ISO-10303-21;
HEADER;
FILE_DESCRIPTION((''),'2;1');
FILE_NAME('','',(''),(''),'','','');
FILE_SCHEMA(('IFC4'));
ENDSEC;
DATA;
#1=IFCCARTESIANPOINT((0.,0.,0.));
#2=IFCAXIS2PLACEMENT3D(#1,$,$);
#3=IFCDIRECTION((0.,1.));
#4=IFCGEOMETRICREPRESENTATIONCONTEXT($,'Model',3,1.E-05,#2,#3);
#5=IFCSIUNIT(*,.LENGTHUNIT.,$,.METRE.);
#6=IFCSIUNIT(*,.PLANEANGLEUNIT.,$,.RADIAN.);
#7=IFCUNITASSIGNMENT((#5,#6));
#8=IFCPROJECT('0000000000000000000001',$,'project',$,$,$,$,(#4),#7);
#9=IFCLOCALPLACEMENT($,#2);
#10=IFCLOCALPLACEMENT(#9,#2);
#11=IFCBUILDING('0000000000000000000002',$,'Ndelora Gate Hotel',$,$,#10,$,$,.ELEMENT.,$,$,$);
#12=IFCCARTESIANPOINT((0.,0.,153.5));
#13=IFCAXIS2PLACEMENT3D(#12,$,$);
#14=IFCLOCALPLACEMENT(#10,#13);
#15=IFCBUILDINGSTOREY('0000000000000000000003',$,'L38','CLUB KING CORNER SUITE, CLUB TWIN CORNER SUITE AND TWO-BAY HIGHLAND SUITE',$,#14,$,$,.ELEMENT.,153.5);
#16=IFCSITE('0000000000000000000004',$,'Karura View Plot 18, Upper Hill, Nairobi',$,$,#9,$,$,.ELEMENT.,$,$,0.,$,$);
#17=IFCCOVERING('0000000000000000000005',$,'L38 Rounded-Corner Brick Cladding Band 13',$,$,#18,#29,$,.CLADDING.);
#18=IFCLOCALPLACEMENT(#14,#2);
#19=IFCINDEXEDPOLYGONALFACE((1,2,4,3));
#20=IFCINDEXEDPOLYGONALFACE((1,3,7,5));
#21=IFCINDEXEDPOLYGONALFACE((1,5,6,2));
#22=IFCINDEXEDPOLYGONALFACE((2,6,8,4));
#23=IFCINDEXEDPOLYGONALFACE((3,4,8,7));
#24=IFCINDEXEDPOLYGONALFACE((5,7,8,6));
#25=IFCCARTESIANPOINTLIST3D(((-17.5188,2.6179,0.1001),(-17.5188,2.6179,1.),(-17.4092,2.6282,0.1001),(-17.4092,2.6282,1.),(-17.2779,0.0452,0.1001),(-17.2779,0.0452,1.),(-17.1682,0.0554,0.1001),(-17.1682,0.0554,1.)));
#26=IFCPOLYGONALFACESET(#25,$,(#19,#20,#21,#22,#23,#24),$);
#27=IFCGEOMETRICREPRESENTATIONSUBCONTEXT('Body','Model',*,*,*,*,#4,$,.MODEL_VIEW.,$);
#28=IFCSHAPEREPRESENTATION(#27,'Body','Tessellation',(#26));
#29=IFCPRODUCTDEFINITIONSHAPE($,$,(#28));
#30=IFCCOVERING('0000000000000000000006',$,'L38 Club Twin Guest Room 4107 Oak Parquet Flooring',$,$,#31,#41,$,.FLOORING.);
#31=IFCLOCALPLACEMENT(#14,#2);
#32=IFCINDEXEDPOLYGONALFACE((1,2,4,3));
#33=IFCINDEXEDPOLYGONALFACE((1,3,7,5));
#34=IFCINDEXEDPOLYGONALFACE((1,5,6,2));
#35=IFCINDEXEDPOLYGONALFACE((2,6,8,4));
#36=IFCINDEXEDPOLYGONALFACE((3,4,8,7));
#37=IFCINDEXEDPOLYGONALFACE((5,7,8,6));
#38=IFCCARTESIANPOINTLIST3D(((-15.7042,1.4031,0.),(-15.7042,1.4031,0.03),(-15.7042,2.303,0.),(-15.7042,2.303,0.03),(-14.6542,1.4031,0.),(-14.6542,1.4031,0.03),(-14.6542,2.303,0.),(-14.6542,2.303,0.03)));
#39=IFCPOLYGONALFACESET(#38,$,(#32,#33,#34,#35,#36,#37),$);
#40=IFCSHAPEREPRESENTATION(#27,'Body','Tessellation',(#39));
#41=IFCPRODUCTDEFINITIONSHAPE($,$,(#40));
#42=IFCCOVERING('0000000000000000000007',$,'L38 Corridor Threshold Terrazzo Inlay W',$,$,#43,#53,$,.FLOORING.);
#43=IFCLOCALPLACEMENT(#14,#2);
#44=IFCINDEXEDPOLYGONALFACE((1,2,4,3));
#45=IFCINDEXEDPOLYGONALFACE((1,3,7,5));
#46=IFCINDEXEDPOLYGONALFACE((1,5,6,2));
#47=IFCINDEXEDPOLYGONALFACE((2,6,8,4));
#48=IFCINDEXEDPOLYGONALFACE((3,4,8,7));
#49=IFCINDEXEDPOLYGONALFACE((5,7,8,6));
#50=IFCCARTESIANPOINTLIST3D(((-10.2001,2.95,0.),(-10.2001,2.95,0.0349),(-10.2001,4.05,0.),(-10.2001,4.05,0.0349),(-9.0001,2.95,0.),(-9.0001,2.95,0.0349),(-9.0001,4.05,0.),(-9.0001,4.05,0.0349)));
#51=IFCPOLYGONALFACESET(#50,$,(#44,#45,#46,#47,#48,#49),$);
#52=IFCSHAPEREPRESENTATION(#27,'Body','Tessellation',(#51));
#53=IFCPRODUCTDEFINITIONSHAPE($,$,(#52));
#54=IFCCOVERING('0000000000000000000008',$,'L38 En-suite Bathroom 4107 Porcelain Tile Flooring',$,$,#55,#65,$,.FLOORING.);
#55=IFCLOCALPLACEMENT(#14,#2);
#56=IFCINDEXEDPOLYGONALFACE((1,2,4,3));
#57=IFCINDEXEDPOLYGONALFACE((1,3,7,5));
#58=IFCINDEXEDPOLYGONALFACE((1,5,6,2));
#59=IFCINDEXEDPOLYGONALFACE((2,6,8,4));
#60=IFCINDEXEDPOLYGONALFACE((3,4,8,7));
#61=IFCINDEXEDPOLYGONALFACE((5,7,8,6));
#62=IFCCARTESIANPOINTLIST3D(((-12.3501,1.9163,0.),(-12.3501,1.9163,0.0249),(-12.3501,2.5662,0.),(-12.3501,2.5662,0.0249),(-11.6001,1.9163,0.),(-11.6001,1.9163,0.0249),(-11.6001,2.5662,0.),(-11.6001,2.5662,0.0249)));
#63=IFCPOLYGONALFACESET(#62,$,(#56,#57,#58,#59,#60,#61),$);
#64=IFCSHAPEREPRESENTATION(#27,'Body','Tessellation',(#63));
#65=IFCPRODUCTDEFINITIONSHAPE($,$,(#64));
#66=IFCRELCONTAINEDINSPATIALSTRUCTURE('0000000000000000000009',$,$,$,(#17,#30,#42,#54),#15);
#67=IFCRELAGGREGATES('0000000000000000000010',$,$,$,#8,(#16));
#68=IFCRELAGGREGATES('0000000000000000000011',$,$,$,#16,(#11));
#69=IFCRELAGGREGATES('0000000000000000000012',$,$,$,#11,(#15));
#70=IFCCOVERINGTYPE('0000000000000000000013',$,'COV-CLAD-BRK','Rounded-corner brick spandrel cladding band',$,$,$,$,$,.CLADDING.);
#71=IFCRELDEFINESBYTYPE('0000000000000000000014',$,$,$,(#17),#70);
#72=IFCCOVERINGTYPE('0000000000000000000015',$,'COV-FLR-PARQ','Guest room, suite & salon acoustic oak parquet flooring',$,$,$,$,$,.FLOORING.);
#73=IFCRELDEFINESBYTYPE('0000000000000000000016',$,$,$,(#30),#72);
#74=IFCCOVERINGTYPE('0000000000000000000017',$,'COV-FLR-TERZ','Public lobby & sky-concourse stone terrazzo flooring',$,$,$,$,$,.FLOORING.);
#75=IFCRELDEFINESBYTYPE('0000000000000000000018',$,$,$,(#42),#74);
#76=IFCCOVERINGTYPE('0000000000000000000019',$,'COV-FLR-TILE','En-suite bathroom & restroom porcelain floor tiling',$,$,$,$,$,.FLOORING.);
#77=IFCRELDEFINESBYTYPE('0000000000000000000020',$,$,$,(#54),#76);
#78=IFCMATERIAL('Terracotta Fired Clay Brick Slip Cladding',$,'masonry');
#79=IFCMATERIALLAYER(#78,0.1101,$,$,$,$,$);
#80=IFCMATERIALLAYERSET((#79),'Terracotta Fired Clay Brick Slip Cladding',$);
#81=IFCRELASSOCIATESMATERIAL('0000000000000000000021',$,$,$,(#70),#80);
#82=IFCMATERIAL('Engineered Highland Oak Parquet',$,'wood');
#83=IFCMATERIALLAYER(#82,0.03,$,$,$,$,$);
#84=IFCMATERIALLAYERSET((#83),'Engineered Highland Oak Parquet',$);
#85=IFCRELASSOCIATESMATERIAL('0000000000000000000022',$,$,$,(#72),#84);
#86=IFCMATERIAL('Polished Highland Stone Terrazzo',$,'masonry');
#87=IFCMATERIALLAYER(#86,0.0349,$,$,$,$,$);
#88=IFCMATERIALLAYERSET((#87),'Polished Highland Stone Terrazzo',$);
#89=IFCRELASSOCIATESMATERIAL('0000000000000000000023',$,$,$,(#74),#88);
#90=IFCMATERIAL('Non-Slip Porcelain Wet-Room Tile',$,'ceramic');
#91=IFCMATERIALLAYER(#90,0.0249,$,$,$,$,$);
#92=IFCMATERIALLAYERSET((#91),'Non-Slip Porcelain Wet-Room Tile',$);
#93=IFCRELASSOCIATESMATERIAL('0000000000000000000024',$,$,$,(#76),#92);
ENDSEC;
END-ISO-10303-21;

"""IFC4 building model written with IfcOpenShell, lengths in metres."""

from ifc_helpers import new_model, si_unit, direction, frame, origin, origin_2d, place, context, subcontext, project, spatial, rectangle, extrude, material, layer, layer_set, type_object, element, save


model = new_model("IFC4")

# Units and contexts
model_context = context("Model", 3, precision=1e-05, world=origin(), true_north=direction((0.0, 1.0)))
body_context = subcontext(model_context, "Body", "Model", "MODEL_VIEW")
ifc_project = project(units=[si_unit("LENGTHUNIT", "METRE"), si_unit("PLANEANGLEUNIT", "RADIAN")], contexts=[model_context])

# Site, building, storey
site_placement = place(None, origin())
site = spatial("IfcSite", under=ifc_project, at=site_placement, Name="Karura View Plot 18, Upper Hill, Nairobi", CompositionType="ELEMENT", RefElevation=0.0)
building_placement = place(site_placement, origin())
building = spatial("IfcBuilding", under=site, at=building_placement, Name="Ndelora Gate Hotel", CompositionType="ELEMENT")
storey_placement = place(building_placement, frame((0.0, 0.0, 153.5)))
storey = spatial("IfcBuildingStorey", under=building, at=storey_placement, Name="L38", Description="CLUB KING CORNER SUITE, CLUB TWIN CORNER SUITE AND TWO-BAY HIGHLAND SUITE", CompositionType="ELEMENT", Elevation=153.5)

# Coverings
ifc_material_1 = material(Name="Terracotta Fired Clay Brick Slip Cladding", Category="masonry")
ifc_layer_1 = layer(ifc_material_1, 0.1101)
ifc_layer_set_1 = layer_set([ifc_layer_1], Name="Terracotta Fired Clay Brick Slip Cladding")
covering_type_1 = type_object("IfcCoveringType", Name="COV-CLAD-BRK", Description="Rounded-corner brick spandrel cladding band", PredefinedType="CLADDING", material=ifc_layer_set_1)
covering_1_placement = place(storey_placement, frame((-17.3435, 1.3367, 0.1001), z_axis=(0.0, 0.0, 1.0), x_axis=(-0.093239, 0.995644, 0.0)))
element("IfcCovering", 1, at=covering_1_placement, inside=storey, type_object=covering_type_1, Name="L38 Rounded-Corner Brick Cladding Band 13", PredefinedType="CLADDING", context=body_context, shape_type="SweptSolid", body=[
    extrude(rectangle(XDim=2.584, YDim=0.1101, at=origin_2d()), origin(), (0.0, 0.0, 1.0), 0.8999),
])
ifc_material_2 = material(Name="Engineered Highland Oak Parquet", Category="wood")
ifc_layer_2 = layer(ifc_material_2, 0.03)
ifc_layer_set_2 = layer_set([ifc_layer_2], Name="Engineered Highland Oak Parquet")
covering_type_2 = type_object("IfcCoveringType", Name="COV-FLR-PARQ", Description="Guest room, suite & salon acoustic oak parquet flooring", PredefinedType="FLOORING", material=ifc_layer_set_2)
covering_2_placement = place(storey_placement, frame((-15.1792, 1.853, 0.0), z_axis=(0.0, 0.0, 1.0), x_axis=(1.0, 0.0, 0.0)))
element("IfcCovering", 2, at=covering_2_placement, inside=storey, type_object=covering_type_2, Name="L38 Club Twin Guest Room 4107 Oak Parquet Flooring", PredefinedType="FLOORING", context=body_context, shape_type="SweptSolid", body=[
    extrude(rectangle(XDim=1.05, YDim=0.8999, at=origin_2d()), origin(), (0.0, 0.0, 1.0), 0.03),
])
ifc_material_3 = material(Name="Polished Highland Stone Terrazzo", Category="masonry")
ifc_layer_3 = layer(ifc_material_3, 0.0349)
ifc_layer_set_3 = layer_set([ifc_layer_3], Name="Polished Highland Stone Terrazzo")
covering_type_3 = type_object("IfcCoveringType", Name="COV-FLR-TERZ", Description="Public lobby & sky-concourse stone terrazzo flooring", PredefinedType="FLOORING", material=ifc_layer_set_3)
covering_3_placement = place(storey_placement, frame((-9.6001, 3.5, 0.0), z_axis=(0.0, 0.0, 1.0), x_axis=(1.0, 0.0, 0.0)))
element("IfcCovering", 3, at=covering_3_placement, inside=storey, type_object=covering_type_3, Name="L38 Corridor Threshold Terrazzo Inlay W", PredefinedType="FLOORING", context=body_context, shape_type="SweptSolid", body=[
    extrude(rectangle(XDim=1.2, YDim=1.1001, at=origin_2d()), origin(), (0.0, 0.0, 1.0), 0.0349),
])
ifc_material_4 = material(Name="Non-Slip Porcelain Wet-Room Tile", Category="ceramic")
ifc_layer_4 = layer(ifc_material_4, 0.0249)
ifc_layer_set_4 = layer_set([ifc_layer_4], Name="Non-Slip Porcelain Wet-Room Tile")
covering_type_4 = type_object("IfcCoveringType", Name="COV-FLR-TILE", Description="En-suite bathroom & restroom porcelain floor tiling", PredefinedType="FLOORING", material=ifc_layer_set_4)
covering_4_placement = place(storey_placement, frame((-11.9751, 2.2412, 0.0), z_axis=(0.0, 0.0, 1.0), x_axis=(1.0, 0.0, 0.0)))
element("IfcCovering", 4, at=covering_4_placement, inside=storey, type_object=covering_type_4, Name="L38 En-suite Bathroom 4107 Porcelain Tile Flooring", PredefinedType="FLOORING", context=body_context, shape_type="SweptSolid", body=[
    extrude(rectangle(XDim=0.75, YDim=0.6499, at=origin_2d()), origin(), (0.0, 0.0, 1.0), 0.0249),
])

save(model, "model.ifc")
